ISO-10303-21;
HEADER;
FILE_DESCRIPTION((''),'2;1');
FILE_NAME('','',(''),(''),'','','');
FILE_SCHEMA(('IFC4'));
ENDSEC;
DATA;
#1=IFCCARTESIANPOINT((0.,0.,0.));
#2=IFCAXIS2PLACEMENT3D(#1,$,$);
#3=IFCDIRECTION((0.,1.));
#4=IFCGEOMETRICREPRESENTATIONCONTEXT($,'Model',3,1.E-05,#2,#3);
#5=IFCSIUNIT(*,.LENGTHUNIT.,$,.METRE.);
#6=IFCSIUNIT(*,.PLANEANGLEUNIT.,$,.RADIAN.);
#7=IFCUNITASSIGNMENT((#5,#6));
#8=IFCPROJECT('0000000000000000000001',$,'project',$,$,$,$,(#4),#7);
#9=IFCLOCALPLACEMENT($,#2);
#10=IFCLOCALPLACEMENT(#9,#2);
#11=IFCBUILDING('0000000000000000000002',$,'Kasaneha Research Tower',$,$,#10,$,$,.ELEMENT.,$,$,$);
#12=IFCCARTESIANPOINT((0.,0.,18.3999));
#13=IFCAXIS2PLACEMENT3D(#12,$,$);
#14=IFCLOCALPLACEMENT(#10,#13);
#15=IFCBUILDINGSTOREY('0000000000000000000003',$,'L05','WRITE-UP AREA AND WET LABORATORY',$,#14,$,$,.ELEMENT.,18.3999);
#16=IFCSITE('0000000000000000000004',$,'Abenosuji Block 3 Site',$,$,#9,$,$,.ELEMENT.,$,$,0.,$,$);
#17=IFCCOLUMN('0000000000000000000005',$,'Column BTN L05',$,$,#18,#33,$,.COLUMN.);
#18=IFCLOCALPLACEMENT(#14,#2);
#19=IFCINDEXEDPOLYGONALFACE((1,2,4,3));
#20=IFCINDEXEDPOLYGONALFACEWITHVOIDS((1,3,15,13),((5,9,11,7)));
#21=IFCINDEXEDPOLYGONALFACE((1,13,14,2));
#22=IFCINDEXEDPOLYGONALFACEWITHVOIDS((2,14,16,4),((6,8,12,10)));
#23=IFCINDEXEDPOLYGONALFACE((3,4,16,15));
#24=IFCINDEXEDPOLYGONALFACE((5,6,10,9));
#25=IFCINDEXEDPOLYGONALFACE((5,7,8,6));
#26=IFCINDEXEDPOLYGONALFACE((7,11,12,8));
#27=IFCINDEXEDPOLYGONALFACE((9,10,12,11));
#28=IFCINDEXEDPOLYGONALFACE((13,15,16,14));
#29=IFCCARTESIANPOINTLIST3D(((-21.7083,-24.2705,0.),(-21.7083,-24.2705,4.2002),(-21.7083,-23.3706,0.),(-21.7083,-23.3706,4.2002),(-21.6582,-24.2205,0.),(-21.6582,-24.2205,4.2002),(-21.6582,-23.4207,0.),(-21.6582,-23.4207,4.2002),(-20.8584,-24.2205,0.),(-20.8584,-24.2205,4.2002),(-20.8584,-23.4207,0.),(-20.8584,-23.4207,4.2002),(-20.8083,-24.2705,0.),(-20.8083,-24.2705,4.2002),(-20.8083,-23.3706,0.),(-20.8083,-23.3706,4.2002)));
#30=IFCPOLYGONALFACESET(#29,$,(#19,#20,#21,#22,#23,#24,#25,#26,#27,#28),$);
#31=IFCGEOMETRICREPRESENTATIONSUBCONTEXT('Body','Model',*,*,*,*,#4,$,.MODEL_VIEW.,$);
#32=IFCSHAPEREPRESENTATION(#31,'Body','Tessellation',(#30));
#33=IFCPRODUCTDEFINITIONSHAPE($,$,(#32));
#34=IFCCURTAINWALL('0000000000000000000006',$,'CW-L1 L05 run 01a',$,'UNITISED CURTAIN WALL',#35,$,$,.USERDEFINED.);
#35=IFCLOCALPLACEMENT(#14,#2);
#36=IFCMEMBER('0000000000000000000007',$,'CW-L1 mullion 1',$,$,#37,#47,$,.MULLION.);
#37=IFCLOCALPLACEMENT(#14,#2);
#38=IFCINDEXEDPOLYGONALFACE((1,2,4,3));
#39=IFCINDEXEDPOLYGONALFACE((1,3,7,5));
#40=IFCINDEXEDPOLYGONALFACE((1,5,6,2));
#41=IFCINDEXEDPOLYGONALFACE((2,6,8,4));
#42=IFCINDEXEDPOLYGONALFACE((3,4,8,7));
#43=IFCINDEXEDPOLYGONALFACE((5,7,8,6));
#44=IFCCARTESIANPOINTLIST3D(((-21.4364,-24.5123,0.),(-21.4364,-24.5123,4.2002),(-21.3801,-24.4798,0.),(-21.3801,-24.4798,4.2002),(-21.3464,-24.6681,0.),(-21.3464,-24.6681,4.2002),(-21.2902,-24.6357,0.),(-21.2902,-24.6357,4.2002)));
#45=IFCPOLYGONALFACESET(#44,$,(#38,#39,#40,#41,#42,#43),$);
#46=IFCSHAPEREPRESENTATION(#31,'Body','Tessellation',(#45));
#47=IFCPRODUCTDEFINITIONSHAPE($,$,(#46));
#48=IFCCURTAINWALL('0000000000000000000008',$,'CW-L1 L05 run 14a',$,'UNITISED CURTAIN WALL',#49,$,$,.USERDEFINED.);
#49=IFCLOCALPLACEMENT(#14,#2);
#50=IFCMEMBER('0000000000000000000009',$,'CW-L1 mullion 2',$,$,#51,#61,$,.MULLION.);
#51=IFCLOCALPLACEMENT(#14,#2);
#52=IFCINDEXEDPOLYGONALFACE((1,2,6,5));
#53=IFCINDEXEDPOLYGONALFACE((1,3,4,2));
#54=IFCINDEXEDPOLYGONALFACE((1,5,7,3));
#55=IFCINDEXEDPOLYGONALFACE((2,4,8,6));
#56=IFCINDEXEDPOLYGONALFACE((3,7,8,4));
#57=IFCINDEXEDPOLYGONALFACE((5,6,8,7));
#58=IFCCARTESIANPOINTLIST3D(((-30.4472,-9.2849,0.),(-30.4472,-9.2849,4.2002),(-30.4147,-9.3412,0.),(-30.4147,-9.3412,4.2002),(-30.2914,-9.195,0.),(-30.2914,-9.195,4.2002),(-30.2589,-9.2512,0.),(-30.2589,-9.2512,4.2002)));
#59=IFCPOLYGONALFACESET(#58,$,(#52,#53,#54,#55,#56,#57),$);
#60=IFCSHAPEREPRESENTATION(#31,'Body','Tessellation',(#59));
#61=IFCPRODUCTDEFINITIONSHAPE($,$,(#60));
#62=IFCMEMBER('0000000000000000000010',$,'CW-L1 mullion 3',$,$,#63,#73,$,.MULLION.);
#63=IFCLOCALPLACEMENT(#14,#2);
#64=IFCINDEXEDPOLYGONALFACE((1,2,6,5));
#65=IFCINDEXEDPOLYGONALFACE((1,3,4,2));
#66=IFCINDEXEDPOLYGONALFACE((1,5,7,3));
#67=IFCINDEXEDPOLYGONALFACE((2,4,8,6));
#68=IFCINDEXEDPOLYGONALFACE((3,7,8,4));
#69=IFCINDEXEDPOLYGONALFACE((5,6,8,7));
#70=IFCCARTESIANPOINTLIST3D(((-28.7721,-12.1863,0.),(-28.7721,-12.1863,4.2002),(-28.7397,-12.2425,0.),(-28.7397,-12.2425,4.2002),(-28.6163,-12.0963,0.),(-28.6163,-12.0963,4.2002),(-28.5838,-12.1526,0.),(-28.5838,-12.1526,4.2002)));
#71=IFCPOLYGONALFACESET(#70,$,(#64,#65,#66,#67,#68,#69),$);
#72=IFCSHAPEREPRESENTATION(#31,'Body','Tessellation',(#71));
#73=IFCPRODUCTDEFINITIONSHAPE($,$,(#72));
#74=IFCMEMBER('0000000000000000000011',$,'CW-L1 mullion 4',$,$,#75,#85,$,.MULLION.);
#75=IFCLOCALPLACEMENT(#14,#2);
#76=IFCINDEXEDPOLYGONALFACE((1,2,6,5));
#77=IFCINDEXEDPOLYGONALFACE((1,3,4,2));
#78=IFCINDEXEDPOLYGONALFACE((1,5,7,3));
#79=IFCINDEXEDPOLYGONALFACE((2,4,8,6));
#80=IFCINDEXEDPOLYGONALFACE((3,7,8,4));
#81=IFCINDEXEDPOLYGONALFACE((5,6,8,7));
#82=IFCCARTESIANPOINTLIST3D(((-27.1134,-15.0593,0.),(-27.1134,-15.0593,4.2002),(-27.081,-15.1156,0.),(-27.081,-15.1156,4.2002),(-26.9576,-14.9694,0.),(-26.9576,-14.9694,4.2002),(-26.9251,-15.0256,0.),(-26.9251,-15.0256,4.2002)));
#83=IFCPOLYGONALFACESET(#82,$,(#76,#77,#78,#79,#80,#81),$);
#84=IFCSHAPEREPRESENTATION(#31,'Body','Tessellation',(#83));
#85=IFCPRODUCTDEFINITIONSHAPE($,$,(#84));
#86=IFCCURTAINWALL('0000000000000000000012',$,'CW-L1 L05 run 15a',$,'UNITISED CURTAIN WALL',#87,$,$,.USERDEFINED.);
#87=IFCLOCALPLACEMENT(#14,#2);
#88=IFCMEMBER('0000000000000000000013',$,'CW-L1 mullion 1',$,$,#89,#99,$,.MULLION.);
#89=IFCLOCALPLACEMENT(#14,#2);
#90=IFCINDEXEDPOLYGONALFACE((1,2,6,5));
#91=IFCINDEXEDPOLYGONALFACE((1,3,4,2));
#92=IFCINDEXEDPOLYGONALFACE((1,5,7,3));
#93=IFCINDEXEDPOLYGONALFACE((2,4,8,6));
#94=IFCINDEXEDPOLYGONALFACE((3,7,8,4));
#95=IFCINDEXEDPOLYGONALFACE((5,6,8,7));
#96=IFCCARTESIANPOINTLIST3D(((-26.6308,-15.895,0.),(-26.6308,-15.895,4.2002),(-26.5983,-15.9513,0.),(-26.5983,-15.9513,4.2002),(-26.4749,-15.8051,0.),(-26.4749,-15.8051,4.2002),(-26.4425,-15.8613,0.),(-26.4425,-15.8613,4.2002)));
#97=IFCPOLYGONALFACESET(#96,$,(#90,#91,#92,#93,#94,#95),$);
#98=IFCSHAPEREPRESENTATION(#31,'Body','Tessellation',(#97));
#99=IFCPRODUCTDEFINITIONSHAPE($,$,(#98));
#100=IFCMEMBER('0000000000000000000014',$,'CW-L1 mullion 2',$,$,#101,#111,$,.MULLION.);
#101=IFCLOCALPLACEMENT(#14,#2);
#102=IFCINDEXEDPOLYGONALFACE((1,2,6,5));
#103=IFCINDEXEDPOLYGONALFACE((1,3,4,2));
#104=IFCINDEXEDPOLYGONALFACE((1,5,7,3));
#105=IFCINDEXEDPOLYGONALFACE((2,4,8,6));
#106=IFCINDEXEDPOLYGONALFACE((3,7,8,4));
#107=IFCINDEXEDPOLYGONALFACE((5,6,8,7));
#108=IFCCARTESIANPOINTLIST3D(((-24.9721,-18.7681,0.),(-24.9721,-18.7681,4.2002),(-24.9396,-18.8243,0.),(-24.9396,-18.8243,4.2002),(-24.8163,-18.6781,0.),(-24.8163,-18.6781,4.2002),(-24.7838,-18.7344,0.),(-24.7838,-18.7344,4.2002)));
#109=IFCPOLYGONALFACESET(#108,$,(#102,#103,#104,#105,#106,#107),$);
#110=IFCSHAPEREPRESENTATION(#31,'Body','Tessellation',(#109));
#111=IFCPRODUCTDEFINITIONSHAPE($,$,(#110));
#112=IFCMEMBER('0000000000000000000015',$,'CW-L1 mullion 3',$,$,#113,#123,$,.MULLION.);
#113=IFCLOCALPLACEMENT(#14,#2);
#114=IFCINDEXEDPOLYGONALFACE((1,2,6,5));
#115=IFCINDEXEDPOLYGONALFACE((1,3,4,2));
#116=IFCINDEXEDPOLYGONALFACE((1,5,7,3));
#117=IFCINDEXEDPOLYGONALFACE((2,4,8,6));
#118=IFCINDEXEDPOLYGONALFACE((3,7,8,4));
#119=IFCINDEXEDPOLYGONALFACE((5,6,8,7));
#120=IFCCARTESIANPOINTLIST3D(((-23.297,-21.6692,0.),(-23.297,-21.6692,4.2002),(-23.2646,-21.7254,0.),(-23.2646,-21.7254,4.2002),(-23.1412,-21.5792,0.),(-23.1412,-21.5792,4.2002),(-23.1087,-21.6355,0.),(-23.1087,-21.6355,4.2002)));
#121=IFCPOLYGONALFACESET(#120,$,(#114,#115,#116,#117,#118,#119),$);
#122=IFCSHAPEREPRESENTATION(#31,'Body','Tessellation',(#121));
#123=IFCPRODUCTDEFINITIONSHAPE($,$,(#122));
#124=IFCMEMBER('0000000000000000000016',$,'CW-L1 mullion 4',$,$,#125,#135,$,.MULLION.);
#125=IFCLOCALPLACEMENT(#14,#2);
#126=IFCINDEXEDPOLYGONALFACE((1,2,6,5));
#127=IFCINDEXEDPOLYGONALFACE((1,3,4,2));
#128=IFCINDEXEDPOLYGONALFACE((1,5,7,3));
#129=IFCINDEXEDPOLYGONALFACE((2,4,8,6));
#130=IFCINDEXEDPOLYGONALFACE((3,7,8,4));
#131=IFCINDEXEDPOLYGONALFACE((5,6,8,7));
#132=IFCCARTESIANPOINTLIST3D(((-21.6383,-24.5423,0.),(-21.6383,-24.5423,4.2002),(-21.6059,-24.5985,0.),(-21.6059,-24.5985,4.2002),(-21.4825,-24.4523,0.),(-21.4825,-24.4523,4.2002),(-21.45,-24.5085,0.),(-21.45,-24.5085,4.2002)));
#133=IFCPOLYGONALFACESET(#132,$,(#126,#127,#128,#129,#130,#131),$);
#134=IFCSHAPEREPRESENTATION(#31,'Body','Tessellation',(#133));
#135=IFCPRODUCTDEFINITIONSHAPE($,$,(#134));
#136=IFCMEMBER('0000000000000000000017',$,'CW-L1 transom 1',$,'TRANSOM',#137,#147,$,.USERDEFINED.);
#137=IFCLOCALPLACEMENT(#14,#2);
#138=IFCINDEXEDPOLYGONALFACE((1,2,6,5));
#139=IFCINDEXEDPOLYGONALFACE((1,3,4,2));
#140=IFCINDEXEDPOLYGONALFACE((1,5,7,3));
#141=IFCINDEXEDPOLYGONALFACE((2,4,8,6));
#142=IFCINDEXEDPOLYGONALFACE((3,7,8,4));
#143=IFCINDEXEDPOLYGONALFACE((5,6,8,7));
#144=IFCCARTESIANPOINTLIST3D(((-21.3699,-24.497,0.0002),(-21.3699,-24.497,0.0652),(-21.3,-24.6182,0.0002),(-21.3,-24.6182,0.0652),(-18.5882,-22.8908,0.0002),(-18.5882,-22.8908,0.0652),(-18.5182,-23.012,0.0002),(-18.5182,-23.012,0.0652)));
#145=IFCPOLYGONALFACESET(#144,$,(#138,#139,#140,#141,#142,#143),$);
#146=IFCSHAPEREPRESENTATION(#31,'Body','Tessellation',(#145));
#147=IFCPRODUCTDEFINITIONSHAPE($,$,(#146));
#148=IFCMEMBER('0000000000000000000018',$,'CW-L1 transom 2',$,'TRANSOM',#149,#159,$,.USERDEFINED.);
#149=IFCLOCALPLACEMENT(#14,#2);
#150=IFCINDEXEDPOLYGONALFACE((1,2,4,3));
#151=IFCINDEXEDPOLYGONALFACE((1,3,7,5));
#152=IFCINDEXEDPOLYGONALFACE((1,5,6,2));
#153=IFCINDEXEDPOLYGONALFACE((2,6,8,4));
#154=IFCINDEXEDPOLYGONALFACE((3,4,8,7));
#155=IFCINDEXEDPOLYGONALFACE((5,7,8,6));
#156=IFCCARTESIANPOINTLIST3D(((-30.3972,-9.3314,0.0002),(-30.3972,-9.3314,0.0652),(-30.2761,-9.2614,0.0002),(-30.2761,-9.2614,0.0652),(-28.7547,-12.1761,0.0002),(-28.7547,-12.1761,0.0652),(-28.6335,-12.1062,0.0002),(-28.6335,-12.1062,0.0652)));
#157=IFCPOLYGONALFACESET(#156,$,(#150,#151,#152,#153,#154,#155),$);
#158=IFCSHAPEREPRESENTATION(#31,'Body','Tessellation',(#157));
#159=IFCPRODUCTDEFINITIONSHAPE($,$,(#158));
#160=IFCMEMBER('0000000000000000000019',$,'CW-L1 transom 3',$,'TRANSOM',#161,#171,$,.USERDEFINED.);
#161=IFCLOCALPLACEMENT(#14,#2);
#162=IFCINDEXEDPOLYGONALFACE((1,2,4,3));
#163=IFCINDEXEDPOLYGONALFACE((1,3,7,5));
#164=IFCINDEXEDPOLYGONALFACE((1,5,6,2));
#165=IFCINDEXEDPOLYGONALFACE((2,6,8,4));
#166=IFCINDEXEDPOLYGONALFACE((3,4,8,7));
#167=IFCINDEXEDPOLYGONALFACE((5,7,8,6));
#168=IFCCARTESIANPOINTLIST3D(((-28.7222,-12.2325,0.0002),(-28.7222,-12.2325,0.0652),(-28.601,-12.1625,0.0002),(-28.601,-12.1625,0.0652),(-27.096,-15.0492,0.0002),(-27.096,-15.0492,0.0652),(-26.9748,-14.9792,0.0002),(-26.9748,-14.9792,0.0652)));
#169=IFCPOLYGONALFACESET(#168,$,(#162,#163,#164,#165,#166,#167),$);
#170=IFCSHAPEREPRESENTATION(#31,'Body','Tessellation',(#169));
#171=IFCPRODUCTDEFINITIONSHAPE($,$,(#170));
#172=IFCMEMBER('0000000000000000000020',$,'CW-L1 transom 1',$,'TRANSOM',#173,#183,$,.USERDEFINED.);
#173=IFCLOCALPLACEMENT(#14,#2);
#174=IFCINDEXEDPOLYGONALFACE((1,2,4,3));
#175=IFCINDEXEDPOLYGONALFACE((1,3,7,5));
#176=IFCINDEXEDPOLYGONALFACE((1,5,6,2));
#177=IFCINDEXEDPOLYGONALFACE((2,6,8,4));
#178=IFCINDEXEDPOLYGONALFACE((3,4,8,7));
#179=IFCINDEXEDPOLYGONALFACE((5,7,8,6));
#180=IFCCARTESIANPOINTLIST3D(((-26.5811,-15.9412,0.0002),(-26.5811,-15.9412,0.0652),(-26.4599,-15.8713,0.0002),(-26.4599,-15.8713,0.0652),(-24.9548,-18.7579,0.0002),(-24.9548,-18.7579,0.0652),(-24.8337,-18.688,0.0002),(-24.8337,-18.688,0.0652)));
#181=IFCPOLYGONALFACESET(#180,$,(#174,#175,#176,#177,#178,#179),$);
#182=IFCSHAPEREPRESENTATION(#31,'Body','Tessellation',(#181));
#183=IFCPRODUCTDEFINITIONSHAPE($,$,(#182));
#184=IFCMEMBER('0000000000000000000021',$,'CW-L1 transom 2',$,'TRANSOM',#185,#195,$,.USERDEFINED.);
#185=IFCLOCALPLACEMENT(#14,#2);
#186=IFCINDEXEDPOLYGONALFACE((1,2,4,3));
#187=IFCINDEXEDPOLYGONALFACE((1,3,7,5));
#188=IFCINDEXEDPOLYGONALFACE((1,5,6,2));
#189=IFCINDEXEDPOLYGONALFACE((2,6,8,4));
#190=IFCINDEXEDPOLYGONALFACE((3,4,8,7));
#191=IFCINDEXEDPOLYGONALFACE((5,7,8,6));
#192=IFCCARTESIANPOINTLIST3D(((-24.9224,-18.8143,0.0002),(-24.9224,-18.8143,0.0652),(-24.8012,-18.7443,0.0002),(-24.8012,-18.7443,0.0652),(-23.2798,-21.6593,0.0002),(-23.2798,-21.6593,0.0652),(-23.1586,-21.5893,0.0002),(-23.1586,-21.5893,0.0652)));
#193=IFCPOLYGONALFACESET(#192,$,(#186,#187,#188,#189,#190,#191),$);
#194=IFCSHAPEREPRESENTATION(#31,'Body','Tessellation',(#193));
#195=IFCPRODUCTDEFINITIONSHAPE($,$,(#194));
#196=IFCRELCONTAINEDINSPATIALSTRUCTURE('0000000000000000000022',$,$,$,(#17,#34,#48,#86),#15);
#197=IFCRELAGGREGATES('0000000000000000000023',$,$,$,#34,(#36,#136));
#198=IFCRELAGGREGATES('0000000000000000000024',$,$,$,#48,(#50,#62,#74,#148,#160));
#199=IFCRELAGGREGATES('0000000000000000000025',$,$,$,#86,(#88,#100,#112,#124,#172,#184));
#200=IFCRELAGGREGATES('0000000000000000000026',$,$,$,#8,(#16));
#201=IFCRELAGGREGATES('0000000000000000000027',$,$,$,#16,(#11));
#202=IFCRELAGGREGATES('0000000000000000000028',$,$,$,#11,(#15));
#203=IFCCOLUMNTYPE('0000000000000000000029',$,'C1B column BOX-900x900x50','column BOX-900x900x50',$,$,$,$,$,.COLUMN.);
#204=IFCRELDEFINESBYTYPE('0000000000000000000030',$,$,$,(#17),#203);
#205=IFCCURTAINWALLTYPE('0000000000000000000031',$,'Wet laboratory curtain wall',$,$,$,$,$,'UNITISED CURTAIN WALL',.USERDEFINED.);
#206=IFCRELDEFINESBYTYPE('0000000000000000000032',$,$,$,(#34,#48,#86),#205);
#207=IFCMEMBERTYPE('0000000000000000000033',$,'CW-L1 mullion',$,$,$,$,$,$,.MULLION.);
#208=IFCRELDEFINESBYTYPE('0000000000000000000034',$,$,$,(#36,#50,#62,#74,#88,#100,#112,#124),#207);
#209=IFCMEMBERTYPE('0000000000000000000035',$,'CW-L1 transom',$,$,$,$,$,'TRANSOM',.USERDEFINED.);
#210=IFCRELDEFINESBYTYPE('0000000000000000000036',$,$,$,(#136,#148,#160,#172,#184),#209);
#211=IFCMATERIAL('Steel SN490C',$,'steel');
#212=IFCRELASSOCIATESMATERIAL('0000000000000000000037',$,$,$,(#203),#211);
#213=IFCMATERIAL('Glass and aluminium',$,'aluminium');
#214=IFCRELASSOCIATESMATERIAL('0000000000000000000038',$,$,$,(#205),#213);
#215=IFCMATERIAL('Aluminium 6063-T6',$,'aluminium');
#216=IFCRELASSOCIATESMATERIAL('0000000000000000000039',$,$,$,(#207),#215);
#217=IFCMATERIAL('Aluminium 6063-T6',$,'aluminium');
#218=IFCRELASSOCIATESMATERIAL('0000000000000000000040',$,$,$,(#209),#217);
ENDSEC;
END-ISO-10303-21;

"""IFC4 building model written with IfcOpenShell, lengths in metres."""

from ifc_helpers import new_model, si_unit, direction, frame, origin, origin_2d, place, context, subcontext, project, spatial, rectangle, hollow_rectangle, extrude, material, material_profile, profile_set, type_object, element, aggregate, save


model = new_model("IFC4")

# Units and contexts
model_context = context("Model", 3, precision=1e-05, world=origin(), true_north=direction((0.0, 1.0)))
body_context = subcontext(model_context, "Body", "Model", "MODEL_VIEW")
ifc_project = project(units=[si_unit("LENGTHUNIT", "METRE"), si_unit("PLANEANGLEUNIT", "RADIAN")], contexts=[model_context])

# Site, building, storey
site_placement = place(None, origin())
site = spatial("IfcSite", under=ifc_project, at=site_placement, Name="Abenosuji Block 3 Site", CompositionType="ELEMENT", RefElevation=0.0)
building_placement = place(site_placement, origin())
building = spatial("IfcBuilding", under=site, at=building_placement, Name="Kasaneha Research Tower", CompositionType="ELEMENT")
storey_placement = place(building_placement, frame((0.0, 0.0, 18.3999)))
storey = spatial("IfcBuildingStorey", under=building, at=storey_placement, Name="L05", Description="WRITE-UP AREA AND WET LABORATORY", CompositionType="ELEMENT", Elevation=18.3999)

# Column
ifc_material_1 = material(Name="Steel SN490C", Category="steel")
ifc_material_profile_1 = material_profile(ifc_material_1, hollow_rectangle(XDim=0.8999, YDim=0.8999, WallThickness=0.05, at=origin_2d()), Name="BOX-900x900x50")
ifc_profile_set_1 = profile_set([ifc_material_profile_1], Name="Steel SN490C")
column_type = type_object("IfcColumnType", Name="C1B column BOX-900x900x50", Description="column BOX-900x900x50", PredefinedType="COLUMN", material=ifc_profile_set_1)
column_placement = place(storey_placement, frame((-21.2583, -23.8206, 0.0), z_axis=(0.0, 0.0, 1.0), x_axis=(1.0, 0.0, 0.0)))
element("IfcColumn", 1, at=column_placement, inside=storey, type_object=column_type, Name="Column BTN L05", PredefinedType="COLUMN", context=body_context, shape_type="SweptSolid", body=[
    extrude(hollow_rectangle(XDim=0.8999, YDim=0.8999, WallThickness=0.05, at=origin_2d()), origin(), (0.0, 0.0, 1.0), 4.2002),
])

# Curtain wall, member
ifc_material_2 = material(Name="Glass and aluminium", Category="aluminium")
curtain_wall_type = type_object("IfcCurtainWallType", Name="Wet laboratory curtain wall", ElementType="UNITISED CURTAIN WALL", PredefinedType="USERDEFINED", material=ifc_material_2)
curtain_wall_1_placement = place(storey_placement, origin())
curtain_wall_1 = element("IfcCurtainWall", 2, at=curtain_wall_1_placement, inside=storey, type_object=curtain_wall_type, Name="CW-L1 L05 run 01a", ObjectType="UNITISED CURTAIN WALL", PredefinedType="USERDEFINED")
ifc_material_3 = material(Name="Aluminium 6063-T6", Category="aluminium")
ifc_material_profile_2 = material_profile(ifc_material_3, rectangle(XDim=0.0649, YDim=0.1799, at=origin_2d()), Name="CW-L1 mullion 65x180")
ifc_profile_set_2 = profile_set([ifc_material_profile_2], Name="Aluminium 6063-T6")
member_type_1 = type_object("IfcMemberType", Name="CW-L1 mullion", PredefinedType="MULLION", material=ifc_profile_set_2)
member_1_placement = place(storey_placement, frame((-21.3633, -24.574, 0.0), z_axis=(0.0, 0.0, 1.0), x_axis=(0.866025, 0.5, 0.0)))
member_1 = element("IfcMember", 3, at=member_1_placement, type_object=member_type_1, Name="CW-L1 mullion 1", PredefinedType="MULLION", context=body_context, shape_type="SweptSolid", body=[
    extrude(rectangle(XDim=0.0649, YDim=0.1799, at=origin_2d()), origin(), (0.0, 0.0, 1.0), 4.2002),
])

# Curtain walls, members
curtain_wall_2_placement = place(storey_placement, origin())
curtain_wall_2 = element("IfcCurtainWall", 4, at=curtain_wall_2_placement, inside=storey, type_object=curtain_wall_type, Name="CW-L1 L05 run 14a", ObjectType="UNITISED CURTAIN WALL", PredefinedType="USERDEFINED")
member_2_placement = place(storey_placement, frame((-30.353, -9.2681, 0.0), z_axis=(0.0, 0.0, 1.0), x_axis=(0.5, -0.866025, 0.0)))
member_2 = element("IfcMember", 5, at=member_2_placement, type_object=member_type_1, Name="CW-L1 mullion 2", PredefinedType="MULLION", context=body_context, shape_type="SweptSolid", body=[
    extrude(rectangle(XDim=0.0649, YDim=0.1799, at=origin_2d()), origin(), (0.0, 0.0, 1.0), 4.2002),
])
member_3_placement = place(storey_placement, frame((-28.678, -12.1694, 0.0), z_axis=(0.0, 0.0, 1.0), x_axis=(0.5, -0.866025, 0.0)))
member_3 = element("IfcMember", 6, at=member_3_placement, type_object=member_type_1, Name="CW-L1 mullion 3", PredefinedType="MULLION", context=body_context, shape_type="SweptSolid", body=[
    extrude(rectangle(XDim=0.0649, YDim=0.1799, at=origin_2d()), origin(), (0.0, 0.0, 1.0), 4.2002),
])
member_4_placement = place(storey_placement, frame((-27.0193, -15.0425, 0.0), z_axis=(0.0, 0.0, 1.0), x_axis=(0.5, -0.866025, 0.0)))
member_4 = element("IfcMember", 7, at=member_4_placement, type_object=member_type_1, Name="CW-L1 mullion 4", PredefinedType="MULLION", context=body_context, shape_type="SweptSolid", body=[
    extrude(rectangle(XDim=0.0649, YDim=0.1799, at=origin_2d()), origin(), (0.0, 0.0, 1.0), 4.2002),
])
curtain_wall_3_placement = place(storey_placement, origin())
curtain_wall_3 = element("IfcCurtainWall", 8, at=curtain_wall_3_placement, inside=storey, type_object=curtain_wall_type, Name="CW-L1 L05 run 15a", ObjectType="UNITISED CURTAIN WALL", PredefinedType="USERDEFINED")
member_5_placement = place(storey_placement, frame((-26.5366, -15.8782, 0.0), z_axis=(0.0, 0.0, 1.0), x_axis=(0.5, -0.866025, 0.0)))
member_5 = element("IfcMember", 9, at=member_5_placement, type_object=member_type_1, Name="CW-L1 mullion 1", PredefinedType="MULLION", context=body_context, shape_type="SweptSolid", body=[
    extrude(rectangle(XDim=0.0649, YDim=0.1799, at=origin_2d()), origin(), (0.0, 0.0, 1.0), 4.2002),
])
member_6_placement = place(storey_placement, frame((-24.8779, -18.7512, 0.0), z_axis=(0.0, 0.0, 1.0), x_axis=(0.5, -0.866025, 0.0)))
member_6 = element("IfcMember", 10, at=member_6_placement, type_object=member_type_1, Name="CW-L1 mullion 2", PredefinedType="MULLION", context=body_context, shape_type="SweptSolid", body=[
    extrude(rectangle(XDim=0.0649, YDim=0.1799, at=origin_2d()), origin(), (0.0, 0.0, 1.0), 4.2002),
])
member_7_placement = place(storey_placement, frame((-23.2029, -21.6523, 0.0), z_axis=(0.0, 0.0, 1.0), x_axis=(0.5, -0.866025, 0.0)))
member_7 = element("IfcMember", 11, at=member_7_placement, type_object=member_type_1, Name="CW-L1 mullion 3", PredefinedType="MULLION", context=body_context, shape_type="SweptSolid", body=[
    extrude(rectangle(XDim=0.0649, YDim=0.1799, at=origin_2d()), origin(), (0.0, 0.0, 1.0), 4.2002),
])
member_8_placement = place(storey_placement, frame((-21.5442, -24.5254, 0.0), z_axis=(0.0, 0.0, 1.0), x_axis=(0.5, -0.866025, 0.0)))
member_8 = element("IfcMember", 12, at=member_8_placement, type_object=member_type_1, Name="CW-L1 mullion 4", PredefinedType="MULLION", context=body_context, shape_type="SweptSolid", body=[
    extrude(rectangle(XDim=0.0649, YDim=0.1799, at=origin_2d()), origin(), (0.0, 0.0, 1.0), 4.2002),
])

# Members
ifc_material_4 = material(Name="Aluminium 6063-T6", Category="aluminium")
ifc_material_profile_3 = material_profile(ifc_material_4, rectangle(XDim=0.1399, YDim=0.0649, at=origin_2d()), Name="CW-L1 transom 140x65")
ifc_profile_set_3 = profile_set([ifc_material_profile_3], Name="Aluminium 6063-T6")
member_type_2 = type_object("IfcMemberType", Name="CW-L1 transom", ElementType="TRANSOM", PredefinedType="USERDEFINED", material=ifc_profile_set_3)
member_9_placement = place(storey_placement, frame((-21.335, -24.5576, 0.0327), z_axis=(0.866003, 0.500038, 0.0), x_axis=(-0.500038, 0.866003, 0.0)))
member_9 = element("IfcMember", 13, at=member_9_placement, type_object=member_type_2, Name="CW-L1 transom 1", ObjectType="TRANSOM", PredefinedType="USERDEFINED", context=body_context, shape_type="SweptSolid", body=[
    extrude(rectangle(XDim=0.1399, YDim=0.0649, at=origin_2d()), origin(), (0.0, 0.0, 1.0), 3.2122),
])
member_10_placement = place(storey_placement, frame((-30.3367, -9.2964, 0.0327), z_axis=(0.50004, -0.866002, 0.0), x_axis=(0.866002, 0.50004, 0.0)))
member_10 = element("IfcMember", 14, at=member_10_placement, type_object=member_type_2, Name="CW-L1 transom 2", ObjectType="TRANSOM", PredefinedType="USERDEFINED", context=body_context, shape_type="SweptSolid", body=[
    extrude(rectangle(XDim=0.1399, YDim=0.0649, at=origin_2d()), origin(), (0.0, 0.0, 1.0), 3.2849),
])
member_11_placement = place(storey_placement, frame((-28.6616, -12.1975, 0.0327), z_axis=(0.500006, -0.866022, 0.0), x_axis=(0.866022, 0.500006, 0.0)))
member_11 = element("IfcMember", 15, at=member_11_placement, type_object=member_type_2, Name="CW-L1 transom 3", ObjectType="TRANSOM", PredefinedType="USERDEFINED", context=body_context, shape_type="SweptSolid", body=[
    extrude(rectangle(XDim=0.1399, YDim=0.0649, at=origin_2d()), origin(), (0.0, 0.0, 1.0), 3.2524),
])
member_12_placement = place(storey_placement, frame((-26.5205, -15.9062, 0.0327), z_axis=(0.500006, -0.866022, 0.0), x_axis=(0.866022, 0.500006, 0.0)))
member_12 = element("IfcMember", 16, at=member_12_placement, type_object=member_type_2, Name="CW-L1 transom 1", ObjectType="TRANSOM", PredefinedType="USERDEFINED", context=body_context, shape_type="SweptSolid", body=[
    extrude(rectangle(XDim=0.1399, YDim=0.0649, at=origin_2d()), origin(), (0.0, 0.0, 1.0), 3.2524),
])
member_13_placement = place(storey_placement, frame((-24.8618, -18.7793, 0.0327), z_axis=(0.500008, -0.866021, 0.0), x_axis=(0.866021, 0.500008, 0.0)))
member_13 = element("IfcMember", 17, at=member_13_placement, type_object=member_type_2, Name="CW-L1 transom 2", ObjectType="TRANSOM", PredefinedType="USERDEFINED", context=body_context, shape_type="SweptSolid", body=[
    extrude(rectangle(XDim=0.1399, YDim=0.0649, at=origin_2d()), origin(), (0.0, 0.0, 1.0), 3.2852),
])

aggregate(curtain_wall_1, [member_1, member_9])
aggregate(curtain_wall_2, [member_2, member_3, member_4, member_10, member_11])
aggregate(curtain_wall_3, [member_5, member_6, member_7, member_8, member_12, member_13])

save(model, "model.ifc")
